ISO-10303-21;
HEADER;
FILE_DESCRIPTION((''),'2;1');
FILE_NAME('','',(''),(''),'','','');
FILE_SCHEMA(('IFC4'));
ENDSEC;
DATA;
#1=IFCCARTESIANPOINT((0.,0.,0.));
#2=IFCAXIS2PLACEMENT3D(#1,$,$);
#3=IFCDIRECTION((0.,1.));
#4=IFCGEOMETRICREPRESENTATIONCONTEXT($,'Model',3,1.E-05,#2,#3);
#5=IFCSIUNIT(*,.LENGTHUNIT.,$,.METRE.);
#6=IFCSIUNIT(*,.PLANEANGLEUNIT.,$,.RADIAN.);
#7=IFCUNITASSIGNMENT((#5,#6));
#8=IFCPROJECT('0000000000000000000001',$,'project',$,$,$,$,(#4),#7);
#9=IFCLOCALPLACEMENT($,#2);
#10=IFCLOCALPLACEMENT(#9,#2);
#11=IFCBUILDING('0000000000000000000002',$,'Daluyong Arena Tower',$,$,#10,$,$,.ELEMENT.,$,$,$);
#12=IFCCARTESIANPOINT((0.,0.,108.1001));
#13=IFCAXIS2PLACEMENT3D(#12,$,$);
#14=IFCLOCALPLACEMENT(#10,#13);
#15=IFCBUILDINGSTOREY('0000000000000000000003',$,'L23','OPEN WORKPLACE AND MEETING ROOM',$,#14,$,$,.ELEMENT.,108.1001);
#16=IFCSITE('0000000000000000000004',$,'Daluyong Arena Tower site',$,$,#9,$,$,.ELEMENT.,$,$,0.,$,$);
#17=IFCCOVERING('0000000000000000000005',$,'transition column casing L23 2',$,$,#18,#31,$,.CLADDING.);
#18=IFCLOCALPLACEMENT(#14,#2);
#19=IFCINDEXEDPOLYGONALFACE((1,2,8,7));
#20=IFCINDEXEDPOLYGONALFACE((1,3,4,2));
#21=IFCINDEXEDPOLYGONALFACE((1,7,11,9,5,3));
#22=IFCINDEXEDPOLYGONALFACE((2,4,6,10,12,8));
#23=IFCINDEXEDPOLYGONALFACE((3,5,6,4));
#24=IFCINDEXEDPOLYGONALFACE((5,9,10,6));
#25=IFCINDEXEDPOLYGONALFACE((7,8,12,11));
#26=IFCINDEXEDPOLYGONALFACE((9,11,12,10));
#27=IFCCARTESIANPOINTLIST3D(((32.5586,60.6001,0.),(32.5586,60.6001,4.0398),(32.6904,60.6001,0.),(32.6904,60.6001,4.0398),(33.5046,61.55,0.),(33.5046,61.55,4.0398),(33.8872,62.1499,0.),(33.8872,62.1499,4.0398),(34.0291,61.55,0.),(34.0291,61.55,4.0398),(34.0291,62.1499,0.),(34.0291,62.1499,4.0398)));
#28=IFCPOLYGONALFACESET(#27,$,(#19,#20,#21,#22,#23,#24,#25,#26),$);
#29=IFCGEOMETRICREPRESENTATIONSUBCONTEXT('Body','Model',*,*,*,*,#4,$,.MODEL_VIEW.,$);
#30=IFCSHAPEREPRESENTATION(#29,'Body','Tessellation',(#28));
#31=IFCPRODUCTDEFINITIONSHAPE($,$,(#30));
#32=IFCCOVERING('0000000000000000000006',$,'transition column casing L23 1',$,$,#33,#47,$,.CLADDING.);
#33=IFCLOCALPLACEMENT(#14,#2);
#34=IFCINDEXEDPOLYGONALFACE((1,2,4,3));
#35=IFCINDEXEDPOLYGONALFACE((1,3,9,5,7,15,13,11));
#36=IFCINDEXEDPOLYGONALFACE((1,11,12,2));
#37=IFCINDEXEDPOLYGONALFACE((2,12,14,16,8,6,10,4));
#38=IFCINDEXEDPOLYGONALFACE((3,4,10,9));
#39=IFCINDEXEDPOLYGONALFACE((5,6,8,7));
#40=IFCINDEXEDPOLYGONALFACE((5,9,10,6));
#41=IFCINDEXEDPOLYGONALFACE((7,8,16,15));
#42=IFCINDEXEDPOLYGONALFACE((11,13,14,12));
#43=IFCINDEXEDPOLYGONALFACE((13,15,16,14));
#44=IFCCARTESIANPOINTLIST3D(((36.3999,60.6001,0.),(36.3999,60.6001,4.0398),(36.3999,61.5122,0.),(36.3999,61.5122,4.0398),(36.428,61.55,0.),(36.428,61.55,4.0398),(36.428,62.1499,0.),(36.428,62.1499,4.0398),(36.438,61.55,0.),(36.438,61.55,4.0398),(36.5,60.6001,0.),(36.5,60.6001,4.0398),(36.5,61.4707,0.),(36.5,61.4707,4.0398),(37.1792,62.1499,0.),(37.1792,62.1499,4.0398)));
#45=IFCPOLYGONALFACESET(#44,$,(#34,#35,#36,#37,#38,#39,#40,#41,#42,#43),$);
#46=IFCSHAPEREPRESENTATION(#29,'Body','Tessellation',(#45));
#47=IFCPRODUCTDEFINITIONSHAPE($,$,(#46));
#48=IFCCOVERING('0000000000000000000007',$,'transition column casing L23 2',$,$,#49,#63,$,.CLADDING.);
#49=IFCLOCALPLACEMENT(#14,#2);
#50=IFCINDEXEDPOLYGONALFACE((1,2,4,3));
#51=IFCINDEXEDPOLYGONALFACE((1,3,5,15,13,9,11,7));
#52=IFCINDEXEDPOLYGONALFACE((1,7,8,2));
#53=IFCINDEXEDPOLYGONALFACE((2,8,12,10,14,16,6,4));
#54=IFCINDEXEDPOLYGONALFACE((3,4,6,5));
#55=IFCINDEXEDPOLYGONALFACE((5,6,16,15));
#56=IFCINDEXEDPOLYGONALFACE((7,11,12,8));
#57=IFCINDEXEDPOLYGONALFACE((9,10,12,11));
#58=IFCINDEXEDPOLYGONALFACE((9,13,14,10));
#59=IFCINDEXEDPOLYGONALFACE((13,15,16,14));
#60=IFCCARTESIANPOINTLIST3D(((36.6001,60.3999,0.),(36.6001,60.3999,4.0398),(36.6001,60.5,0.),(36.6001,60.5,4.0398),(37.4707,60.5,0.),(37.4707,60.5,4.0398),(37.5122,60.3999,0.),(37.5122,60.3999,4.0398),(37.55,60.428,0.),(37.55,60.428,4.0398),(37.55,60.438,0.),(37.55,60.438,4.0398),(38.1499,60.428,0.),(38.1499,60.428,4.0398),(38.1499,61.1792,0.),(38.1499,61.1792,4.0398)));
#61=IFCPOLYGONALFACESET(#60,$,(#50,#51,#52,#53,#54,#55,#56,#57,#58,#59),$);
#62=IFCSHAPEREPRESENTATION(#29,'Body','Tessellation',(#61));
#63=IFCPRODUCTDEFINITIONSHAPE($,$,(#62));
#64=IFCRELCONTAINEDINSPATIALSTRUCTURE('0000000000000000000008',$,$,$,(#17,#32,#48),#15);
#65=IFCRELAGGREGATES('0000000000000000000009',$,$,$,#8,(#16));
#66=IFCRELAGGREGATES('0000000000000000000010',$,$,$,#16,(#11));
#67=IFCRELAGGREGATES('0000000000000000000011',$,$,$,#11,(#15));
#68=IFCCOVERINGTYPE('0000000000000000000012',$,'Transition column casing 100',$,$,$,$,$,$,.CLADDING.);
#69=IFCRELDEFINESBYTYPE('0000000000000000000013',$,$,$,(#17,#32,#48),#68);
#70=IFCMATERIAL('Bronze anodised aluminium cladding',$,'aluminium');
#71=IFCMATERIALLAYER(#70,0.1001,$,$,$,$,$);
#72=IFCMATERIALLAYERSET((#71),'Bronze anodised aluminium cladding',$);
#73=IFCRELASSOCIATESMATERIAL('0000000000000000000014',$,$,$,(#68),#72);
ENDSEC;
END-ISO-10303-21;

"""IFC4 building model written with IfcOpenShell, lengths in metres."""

from ifc_helpers import new_model, si_unit, direction, frame, origin, place, context, subcontext, project, spatial, polyline, outline, extrude, material, layer, layer_set, type_object, element, save


model = new_model("IFC4")

# Units and contexts
model_context = context("Model", 3, precision=1e-05, world=origin(), true_north=direction((0.0, 1.0)))
body_context = subcontext(model_context, "Body", "Model", "MODEL_VIEW")
ifc_project = project(units=[si_unit("LENGTHUNIT", "METRE"), si_unit("PLANEANGLEUNIT", "RADIAN")], contexts=[model_context])

# Site, building, storey
site_placement = place(None, origin())
site = spatial("IfcSite", under=ifc_project, at=site_placement, Name="Daluyong Arena Tower site", CompositionType="ELEMENT", RefElevation=0.0)
building_placement = place(site_placement, origin())
building = spatial("IfcBuilding", under=site, at=building_placement, Name="Daluyong Arena Tower", CompositionType="ELEMENT")
storey_placement = place(building_placement, frame((0.0, 0.0, 108.1001)))
storey = spatial("IfcBuildingStorey", under=building, at=storey_placement, Name="L23", Description="OPEN WORKPLACE AND MEETING ROOM", CompositionType="ELEMENT", Elevation=108.1001)

# Coverings
ifc_material_1 = material(Name="Bronze anodised aluminium cladding", Category="aluminium")
ifc_layer_1 = layer(ifc_material_1, 0.1001)
ifc_layer_set_1 = layer_set([ifc_layer_1], Name="Bronze anodised aluminium cladding")
covering_type_1 = type_object("IfcCoveringType", Name="Transition column casing 100", PredefinedType="CLADDING", material=ifc_layer_set_1)
covering_1_placement = place(storey_placement, origin())
element("IfcCovering", 1, at=covering_1_placement, inside=storey, type_object=covering_type_1, Name="transition column casing L23 2", PredefinedType="CLADDING", context=body_context, shape_type="SweptSolid", body=[
    extrude(outline(polyline([(33.8872, 62.1499), (34.0291, 62.1499), (34.0291, 61.55), (33.5046, 61.55), (32.6904, 60.6001), (32.5586, 60.6001), (33.8872, 62.1499)])), origin(), (0.0, 0.0, 1.0), 4.0398),
])
covering_2_placement = place(storey_placement, origin())
element("IfcCovering", 2, at=covering_2_placement, inside=storey, type_object=covering_type_1, Name="transition column casing L23 1", PredefinedType="CLADDING", context=body_context, shape_type="SweptSolid", body=[
    extrude(outline(polyline([(36.3999, 61.5122), (36.438, 61.55), (36.428, 61.55), (36.428, 62.1499), (37.1792, 62.1499), (36.5, 61.4707), (36.5, 60.6001), (36.3999, 60.6001), (36.3999, 61.5122)])), origin(), (0.0, 0.0, 1.0), 4.0398),
])
covering_3_placement = place(storey_placement, origin())
element("IfcCovering", 3, at=covering_3_placement, inside=storey, type_object=covering_type_1, Name="transition column casing L23 2", PredefinedType="CLADDING", context=body_context, shape_type="SweptSolid", body=[
    extrude(outline(polyline([(37.4707, 60.5), (38.1499, 61.1792), (38.1499, 60.428), (37.55, 60.428), (37.55, 60.438), (37.5122, 60.3999), (36.6001, 60.3999), (36.6001, 60.5), (37.4707, 60.5)])), origin(), (0.0, 0.0, 1.0), 4.0398),
])

save(model, "model.ifc")
